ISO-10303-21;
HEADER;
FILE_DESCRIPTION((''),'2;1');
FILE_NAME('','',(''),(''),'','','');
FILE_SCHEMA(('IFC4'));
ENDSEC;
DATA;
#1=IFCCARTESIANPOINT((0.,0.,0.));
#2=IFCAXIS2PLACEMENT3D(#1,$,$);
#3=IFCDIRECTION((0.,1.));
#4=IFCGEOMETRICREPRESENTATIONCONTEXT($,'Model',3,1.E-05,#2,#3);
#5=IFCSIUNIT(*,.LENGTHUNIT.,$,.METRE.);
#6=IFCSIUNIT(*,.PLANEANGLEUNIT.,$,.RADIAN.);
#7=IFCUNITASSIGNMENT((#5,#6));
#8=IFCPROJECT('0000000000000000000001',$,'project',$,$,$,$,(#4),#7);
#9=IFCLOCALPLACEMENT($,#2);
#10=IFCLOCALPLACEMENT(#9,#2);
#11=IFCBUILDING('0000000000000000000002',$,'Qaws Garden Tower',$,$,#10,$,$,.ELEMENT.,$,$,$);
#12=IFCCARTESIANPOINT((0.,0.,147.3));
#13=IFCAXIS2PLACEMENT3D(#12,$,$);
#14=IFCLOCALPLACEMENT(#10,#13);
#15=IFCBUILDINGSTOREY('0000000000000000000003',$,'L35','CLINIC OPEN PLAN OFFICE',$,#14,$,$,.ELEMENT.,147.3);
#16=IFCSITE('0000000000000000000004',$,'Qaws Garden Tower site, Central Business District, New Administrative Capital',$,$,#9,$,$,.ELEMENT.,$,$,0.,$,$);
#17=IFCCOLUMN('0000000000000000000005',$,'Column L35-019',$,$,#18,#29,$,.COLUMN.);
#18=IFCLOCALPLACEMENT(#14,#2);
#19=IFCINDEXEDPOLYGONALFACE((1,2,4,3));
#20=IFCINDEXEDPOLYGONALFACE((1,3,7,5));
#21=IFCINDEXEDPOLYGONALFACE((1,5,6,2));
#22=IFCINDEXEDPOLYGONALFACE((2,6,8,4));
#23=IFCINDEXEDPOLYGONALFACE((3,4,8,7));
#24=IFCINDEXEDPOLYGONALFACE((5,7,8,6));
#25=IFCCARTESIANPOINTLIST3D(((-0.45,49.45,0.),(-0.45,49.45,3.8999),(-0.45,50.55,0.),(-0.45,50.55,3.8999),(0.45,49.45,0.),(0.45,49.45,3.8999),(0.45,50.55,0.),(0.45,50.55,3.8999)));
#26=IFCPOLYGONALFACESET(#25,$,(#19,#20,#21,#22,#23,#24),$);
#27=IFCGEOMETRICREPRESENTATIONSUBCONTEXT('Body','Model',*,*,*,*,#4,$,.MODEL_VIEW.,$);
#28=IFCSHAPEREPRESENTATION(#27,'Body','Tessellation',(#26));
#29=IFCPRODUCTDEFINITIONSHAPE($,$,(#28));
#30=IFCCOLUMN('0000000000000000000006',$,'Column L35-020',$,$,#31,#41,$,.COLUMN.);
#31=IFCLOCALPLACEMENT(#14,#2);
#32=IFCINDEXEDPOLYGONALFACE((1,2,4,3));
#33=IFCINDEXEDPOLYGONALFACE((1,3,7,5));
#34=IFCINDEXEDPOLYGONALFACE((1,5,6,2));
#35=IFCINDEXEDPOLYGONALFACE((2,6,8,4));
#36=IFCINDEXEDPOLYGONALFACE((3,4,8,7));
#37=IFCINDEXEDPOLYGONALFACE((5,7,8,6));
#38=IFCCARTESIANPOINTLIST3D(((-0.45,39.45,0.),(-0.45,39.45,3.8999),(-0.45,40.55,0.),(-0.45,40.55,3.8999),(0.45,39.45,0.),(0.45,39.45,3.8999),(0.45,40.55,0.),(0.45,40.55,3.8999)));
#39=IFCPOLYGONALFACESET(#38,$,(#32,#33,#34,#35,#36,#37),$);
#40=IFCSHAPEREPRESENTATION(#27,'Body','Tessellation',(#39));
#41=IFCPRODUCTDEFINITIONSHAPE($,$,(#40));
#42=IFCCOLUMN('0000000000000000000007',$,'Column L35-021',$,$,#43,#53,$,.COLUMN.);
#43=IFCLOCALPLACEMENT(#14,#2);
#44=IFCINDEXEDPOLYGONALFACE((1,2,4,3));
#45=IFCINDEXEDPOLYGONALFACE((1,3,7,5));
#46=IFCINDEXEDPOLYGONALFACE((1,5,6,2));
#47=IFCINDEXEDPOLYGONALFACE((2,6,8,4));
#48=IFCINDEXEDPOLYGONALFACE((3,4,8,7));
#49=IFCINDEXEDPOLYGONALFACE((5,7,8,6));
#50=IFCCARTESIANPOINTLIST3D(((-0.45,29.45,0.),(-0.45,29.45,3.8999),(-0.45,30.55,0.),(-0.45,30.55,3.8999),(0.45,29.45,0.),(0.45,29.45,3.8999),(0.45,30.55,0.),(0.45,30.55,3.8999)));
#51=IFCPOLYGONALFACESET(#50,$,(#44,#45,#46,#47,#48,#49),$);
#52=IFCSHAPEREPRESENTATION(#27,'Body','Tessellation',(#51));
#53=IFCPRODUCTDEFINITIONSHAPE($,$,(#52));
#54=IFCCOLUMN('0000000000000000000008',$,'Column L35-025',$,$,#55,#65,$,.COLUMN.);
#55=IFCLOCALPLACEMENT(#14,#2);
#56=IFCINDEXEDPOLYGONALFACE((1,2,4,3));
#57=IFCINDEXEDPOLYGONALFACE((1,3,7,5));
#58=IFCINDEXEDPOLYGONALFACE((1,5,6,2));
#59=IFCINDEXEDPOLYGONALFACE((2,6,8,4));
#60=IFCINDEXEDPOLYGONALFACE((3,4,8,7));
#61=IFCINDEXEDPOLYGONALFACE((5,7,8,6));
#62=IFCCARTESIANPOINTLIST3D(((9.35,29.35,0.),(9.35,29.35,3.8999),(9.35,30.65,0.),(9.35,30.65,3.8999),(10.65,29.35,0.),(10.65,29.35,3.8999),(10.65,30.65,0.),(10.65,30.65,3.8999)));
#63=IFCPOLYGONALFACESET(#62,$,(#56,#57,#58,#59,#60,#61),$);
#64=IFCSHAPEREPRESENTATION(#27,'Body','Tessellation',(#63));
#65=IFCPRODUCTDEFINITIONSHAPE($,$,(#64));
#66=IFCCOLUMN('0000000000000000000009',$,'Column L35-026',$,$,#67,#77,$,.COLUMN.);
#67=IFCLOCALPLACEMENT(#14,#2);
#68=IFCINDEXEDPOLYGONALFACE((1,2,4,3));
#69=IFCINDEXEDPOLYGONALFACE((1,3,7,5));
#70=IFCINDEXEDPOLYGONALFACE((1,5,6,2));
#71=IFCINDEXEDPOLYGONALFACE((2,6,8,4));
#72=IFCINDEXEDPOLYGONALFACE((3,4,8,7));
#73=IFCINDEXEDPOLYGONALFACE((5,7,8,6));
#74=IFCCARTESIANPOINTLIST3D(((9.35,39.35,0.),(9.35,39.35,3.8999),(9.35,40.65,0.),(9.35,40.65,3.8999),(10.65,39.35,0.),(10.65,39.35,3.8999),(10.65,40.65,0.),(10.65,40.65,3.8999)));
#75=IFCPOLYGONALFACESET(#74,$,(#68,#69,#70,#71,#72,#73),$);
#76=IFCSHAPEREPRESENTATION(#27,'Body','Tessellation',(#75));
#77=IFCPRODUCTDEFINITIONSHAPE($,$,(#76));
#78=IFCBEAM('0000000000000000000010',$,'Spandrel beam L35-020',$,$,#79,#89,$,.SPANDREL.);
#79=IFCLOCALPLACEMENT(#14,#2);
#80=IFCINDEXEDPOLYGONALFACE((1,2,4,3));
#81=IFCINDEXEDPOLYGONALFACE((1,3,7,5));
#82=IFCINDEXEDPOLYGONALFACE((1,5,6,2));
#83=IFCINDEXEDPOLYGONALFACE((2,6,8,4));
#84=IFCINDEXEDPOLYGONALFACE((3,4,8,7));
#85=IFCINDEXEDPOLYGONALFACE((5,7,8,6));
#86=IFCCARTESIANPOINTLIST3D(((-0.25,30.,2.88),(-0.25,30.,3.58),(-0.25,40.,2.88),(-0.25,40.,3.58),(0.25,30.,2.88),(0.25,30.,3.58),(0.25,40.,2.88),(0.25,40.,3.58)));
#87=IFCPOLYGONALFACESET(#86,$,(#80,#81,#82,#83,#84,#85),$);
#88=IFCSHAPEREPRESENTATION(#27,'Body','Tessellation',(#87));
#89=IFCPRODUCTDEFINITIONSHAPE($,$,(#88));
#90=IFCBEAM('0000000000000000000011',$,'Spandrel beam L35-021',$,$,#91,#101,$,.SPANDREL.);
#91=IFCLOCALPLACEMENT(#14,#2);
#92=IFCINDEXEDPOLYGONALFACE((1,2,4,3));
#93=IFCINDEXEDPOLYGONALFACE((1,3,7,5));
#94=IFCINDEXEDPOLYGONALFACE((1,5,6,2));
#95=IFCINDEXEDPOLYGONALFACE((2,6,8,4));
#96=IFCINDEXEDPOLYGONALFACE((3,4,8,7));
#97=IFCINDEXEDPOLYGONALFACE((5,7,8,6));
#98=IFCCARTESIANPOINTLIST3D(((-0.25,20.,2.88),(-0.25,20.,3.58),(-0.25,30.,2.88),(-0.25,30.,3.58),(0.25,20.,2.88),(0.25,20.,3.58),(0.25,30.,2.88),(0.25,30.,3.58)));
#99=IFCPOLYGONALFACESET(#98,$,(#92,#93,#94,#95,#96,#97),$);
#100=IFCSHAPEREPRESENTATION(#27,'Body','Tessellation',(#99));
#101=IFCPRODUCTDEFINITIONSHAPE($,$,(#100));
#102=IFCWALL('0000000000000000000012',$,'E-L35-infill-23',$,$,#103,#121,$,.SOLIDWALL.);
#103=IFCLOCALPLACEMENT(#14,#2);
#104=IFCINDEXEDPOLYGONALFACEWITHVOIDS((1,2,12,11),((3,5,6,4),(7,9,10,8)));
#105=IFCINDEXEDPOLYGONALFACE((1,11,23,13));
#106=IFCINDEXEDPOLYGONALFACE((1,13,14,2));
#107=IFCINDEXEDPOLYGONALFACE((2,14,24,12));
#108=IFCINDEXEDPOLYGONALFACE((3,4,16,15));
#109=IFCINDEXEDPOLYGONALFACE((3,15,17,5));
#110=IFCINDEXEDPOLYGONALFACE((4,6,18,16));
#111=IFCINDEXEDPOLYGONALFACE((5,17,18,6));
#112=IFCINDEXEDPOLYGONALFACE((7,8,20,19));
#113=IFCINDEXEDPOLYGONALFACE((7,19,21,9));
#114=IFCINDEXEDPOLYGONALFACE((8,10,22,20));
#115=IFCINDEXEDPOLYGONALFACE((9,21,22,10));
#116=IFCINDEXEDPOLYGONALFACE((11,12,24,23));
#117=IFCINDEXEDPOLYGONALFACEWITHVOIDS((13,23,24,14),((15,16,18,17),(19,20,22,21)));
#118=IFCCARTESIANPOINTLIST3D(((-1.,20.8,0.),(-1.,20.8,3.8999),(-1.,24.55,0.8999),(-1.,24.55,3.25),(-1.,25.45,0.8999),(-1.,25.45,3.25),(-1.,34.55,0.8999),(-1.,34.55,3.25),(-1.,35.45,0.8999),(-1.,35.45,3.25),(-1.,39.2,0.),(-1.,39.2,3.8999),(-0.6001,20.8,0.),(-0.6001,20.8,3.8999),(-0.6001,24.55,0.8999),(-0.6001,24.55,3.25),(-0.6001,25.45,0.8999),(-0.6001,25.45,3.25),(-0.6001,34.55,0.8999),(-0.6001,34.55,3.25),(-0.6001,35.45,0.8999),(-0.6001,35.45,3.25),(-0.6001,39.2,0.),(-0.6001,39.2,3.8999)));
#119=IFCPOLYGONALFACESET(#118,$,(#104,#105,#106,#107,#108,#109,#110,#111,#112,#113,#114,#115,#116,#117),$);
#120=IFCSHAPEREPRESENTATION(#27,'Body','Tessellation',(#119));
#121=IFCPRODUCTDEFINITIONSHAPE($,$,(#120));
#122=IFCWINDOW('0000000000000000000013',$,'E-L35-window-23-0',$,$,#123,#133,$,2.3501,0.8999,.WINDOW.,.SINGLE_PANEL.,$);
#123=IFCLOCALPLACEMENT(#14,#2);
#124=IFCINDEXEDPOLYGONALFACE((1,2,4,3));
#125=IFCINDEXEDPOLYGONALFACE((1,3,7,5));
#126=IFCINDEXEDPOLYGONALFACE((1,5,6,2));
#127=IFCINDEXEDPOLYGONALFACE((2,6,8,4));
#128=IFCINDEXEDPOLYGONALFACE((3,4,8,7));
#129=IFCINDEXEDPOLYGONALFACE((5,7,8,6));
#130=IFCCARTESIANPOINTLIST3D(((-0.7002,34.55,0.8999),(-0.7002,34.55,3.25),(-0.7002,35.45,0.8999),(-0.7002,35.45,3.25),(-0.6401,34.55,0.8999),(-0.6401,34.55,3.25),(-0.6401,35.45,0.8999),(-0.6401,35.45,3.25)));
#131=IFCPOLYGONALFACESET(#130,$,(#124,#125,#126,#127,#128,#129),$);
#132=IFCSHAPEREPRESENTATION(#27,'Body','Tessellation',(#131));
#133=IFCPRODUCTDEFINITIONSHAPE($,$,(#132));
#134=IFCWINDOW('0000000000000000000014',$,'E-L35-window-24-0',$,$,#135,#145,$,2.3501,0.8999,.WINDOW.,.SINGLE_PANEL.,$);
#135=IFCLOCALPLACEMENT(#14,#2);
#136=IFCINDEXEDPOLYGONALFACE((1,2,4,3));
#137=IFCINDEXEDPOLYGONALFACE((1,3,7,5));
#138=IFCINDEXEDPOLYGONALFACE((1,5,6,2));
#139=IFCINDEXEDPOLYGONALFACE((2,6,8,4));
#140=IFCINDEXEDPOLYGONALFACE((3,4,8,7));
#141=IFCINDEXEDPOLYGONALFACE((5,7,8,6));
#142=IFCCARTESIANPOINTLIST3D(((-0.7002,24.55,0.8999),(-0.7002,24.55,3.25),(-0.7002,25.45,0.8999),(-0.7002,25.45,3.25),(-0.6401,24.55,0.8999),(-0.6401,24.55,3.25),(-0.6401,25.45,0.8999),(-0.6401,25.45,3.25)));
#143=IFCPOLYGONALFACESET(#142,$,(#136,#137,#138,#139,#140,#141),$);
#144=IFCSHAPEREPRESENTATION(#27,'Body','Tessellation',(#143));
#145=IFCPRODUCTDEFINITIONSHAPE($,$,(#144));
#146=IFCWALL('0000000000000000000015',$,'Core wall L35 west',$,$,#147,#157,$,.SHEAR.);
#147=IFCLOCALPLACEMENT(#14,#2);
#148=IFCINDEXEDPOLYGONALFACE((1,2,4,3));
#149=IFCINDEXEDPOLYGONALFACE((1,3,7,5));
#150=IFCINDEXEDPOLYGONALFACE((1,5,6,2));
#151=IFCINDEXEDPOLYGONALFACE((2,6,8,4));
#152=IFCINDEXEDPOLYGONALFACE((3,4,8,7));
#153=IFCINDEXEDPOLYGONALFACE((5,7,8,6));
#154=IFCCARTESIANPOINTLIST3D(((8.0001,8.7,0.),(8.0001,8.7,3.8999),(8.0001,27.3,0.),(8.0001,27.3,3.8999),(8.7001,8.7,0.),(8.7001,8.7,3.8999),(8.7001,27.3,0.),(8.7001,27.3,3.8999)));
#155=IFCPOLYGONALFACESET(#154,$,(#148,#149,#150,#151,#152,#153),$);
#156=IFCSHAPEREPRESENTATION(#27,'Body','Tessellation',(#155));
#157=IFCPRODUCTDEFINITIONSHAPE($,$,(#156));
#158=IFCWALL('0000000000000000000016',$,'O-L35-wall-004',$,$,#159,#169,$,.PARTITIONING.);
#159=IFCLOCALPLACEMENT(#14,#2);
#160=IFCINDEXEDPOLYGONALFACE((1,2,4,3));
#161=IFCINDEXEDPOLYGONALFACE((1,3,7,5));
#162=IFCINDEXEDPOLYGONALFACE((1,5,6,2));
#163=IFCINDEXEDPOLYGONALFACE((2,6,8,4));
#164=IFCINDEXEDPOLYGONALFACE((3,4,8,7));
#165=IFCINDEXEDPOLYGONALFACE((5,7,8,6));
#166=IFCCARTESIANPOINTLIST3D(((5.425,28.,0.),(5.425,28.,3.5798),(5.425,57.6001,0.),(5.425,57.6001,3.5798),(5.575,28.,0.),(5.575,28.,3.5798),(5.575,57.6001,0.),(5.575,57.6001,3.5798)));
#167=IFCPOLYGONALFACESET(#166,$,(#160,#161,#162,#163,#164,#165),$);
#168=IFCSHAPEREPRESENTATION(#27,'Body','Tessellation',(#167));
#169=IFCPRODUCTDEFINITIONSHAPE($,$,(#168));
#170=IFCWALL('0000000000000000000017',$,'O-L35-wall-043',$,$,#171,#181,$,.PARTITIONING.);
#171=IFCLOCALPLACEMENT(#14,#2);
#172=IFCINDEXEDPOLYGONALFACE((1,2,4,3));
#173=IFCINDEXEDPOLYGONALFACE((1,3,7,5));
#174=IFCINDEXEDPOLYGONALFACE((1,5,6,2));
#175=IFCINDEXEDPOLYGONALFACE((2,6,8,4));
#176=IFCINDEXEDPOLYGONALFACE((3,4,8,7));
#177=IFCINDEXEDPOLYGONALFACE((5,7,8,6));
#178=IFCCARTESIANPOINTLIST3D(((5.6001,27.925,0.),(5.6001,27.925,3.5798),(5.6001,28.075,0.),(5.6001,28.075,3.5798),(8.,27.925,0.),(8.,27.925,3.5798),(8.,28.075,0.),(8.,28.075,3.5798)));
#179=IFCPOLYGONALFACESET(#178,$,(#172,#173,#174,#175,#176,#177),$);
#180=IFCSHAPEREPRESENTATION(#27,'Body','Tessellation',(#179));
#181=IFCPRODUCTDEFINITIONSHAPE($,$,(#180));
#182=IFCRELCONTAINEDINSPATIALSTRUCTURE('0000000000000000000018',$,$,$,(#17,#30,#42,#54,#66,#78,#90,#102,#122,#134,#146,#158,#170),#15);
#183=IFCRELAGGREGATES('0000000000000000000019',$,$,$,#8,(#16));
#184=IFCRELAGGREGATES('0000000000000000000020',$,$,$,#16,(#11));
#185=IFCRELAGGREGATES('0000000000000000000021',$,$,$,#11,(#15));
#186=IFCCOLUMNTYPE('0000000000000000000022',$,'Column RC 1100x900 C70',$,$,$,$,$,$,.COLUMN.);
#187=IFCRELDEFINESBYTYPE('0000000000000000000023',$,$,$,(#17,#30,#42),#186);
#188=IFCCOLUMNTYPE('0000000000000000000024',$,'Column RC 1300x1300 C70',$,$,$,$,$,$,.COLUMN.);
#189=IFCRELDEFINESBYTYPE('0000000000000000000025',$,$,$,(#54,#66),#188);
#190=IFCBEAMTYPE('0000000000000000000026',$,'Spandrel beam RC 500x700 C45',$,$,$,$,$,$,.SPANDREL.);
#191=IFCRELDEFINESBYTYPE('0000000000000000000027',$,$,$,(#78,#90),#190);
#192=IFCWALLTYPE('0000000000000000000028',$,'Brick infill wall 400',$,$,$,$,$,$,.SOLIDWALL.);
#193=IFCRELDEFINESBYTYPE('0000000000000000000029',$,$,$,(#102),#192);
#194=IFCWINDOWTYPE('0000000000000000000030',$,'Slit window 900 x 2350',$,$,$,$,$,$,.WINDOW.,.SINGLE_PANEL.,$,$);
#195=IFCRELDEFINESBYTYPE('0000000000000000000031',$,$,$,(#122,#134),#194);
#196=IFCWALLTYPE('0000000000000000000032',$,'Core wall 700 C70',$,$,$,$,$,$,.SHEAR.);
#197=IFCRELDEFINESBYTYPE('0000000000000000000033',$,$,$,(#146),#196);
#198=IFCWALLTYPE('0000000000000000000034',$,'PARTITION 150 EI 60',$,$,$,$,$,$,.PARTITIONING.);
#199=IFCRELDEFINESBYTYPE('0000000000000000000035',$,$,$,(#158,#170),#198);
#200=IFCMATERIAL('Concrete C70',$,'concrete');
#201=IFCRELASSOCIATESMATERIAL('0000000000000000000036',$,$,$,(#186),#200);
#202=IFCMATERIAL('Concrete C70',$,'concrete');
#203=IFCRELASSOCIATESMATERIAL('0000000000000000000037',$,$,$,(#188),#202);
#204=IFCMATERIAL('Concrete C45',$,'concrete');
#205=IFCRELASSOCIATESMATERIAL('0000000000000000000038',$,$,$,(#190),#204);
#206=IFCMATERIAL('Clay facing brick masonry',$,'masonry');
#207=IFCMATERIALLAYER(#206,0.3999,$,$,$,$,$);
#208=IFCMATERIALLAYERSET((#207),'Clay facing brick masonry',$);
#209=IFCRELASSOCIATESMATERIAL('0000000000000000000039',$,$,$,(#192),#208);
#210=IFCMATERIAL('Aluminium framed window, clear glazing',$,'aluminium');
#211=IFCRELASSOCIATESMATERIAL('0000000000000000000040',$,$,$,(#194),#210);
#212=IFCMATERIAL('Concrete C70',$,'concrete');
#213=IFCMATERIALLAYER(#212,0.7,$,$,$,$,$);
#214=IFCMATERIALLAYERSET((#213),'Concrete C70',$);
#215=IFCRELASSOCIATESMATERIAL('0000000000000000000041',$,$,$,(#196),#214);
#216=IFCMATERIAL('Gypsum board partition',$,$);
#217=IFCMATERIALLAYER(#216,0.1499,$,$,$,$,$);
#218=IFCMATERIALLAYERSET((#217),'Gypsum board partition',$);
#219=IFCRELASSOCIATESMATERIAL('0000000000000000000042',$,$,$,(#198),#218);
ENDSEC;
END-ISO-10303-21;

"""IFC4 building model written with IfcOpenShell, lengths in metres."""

from ifc_helpers import new_model, si_unit, direction, frame, frame_2d, origin, origin_2d, place, context, subcontext, project, spatial, rectangle, extrude, material, layer, layer_set, material_profile, profile_set, type_object, element, fill, save


model = new_model("IFC4")

# Units and contexts
model_context = context("Model", 3, precision=1e-05, world=origin(), true_north=direction((0.0, 1.0)))
body_context = subcontext(model_context, "Body", "Model", "MODEL_VIEW")
ifc_project = project(units=[si_unit("LENGTHUNIT", "METRE"), si_unit("PLANEANGLEUNIT", "RADIAN")], contexts=[model_context])

# Site, building, storey
site_placement = place(None, origin())
site = spatial("IfcSite", under=ifc_project, at=site_placement, Name="Qaws Garden Tower site, Central Business District, New Administrative Capital", CompositionType="ELEMENT", RefElevation=0.0)
building_placement = place(site_placement, origin())
building = spatial("IfcBuilding", under=site, at=building_placement, Name="Qaws Garden Tower", CompositionType="ELEMENT")
storey_placement = place(building_placement, frame((0.0, 0.0, 147.3)))
storey = spatial("IfcBuildingStorey", under=building, at=storey_placement, Name="L35", Description="CLINIC OPEN PLAN OFFICE", CompositionType="ELEMENT", Elevation=147.3)

# Columns
ifc_material_1 = material(Name="Concrete C70", Category="concrete")
ifc_material_profile_1 = material_profile(ifc_material_1, rectangle(XDim=1.1001, YDim=0.8999, at=origin_2d()), Name="RC 1100x900")
ifc_profile_set_1 = profile_set([ifc_material_profile_1], Name="Concrete C70")
column_type_1 = type_object("IfcColumnType", Name="Column RC 1100x900 C70", PredefinedType="COLUMN", material=ifc_profile_set_1)
for number, where, z_axis, x_axis, name in (
    (1, (0.0, 50.0, 0.0), (0.0, 0.0, 1.0), (0.0, 1.0, 0.0), "Column L35-019"),
    (2, (0.0, 40.0, 0.0), (0.0, 0.0, 1.0), (0.0, 1.0, 0.0), "Column L35-020"),
    (3, (0.0, 30.0, 0.0), (0.0, 0.0, 1.0), (0.0, 1.0, 0.0), "Column L35-021"),
):
    element("IfcColumn", number, at=place(storey_placement, frame(where, z_axis=z_axis, x_axis=x_axis)), inside=storey, type_object=column_type_1, Name=name, PredefinedType="COLUMN", context=body_context, shape_type="SweptSolid", body=[
        extrude(rectangle(XDim=1.1001, YDim=0.8999, at=origin_2d()), origin(), (0.0, 0.0, 1.0), 3.8999),
    ])
ifc_material_2 = material(Name="Concrete C70", Category="concrete")
ifc_material_profile_2 = material_profile(ifc_material_2, rectangle(XDim=1.3, YDim=1.3, at=origin_2d()), Name="RC 1300x1300")
ifc_profile_set_2 = profile_set([ifc_material_profile_2], Name="Concrete C70")
column_type_2 = type_object("IfcColumnType", Name="Column RC 1300x1300 C70", PredefinedType="COLUMN", material=ifc_profile_set_2)
for number, where, z_axis, x_axis, name in (
    (4, (10.0, 30.0, 0.0), (0.0, 0.0, 1.0), (1.0, 0.0, 0.0), "Column L35-025"),
    (5, (10.0, 40.0, 0.0), (0.0, 0.0, 1.0), (1.0, 0.0, 0.0), "Column L35-026"),
):
    element("IfcColumn", number, at=place(storey_placement, frame(where, z_axis=z_axis, x_axis=x_axis)), inside=storey, type_object=column_type_2, Name=name, PredefinedType="COLUMN", context=body_context, shape_type="SweptSolid", body=[
        extrude(rectangle(XDim=1.3, YDim=1.3, at=origin_2d()), origin(), (0.0, 0.0, 1.0), 3.8999),
    ])

# Beams
ifc_material_3 = material(Name="Concrete C45", Category="concrete")
ifc_material_profile_3 = material_profile(ifc_material_3, rectangle(XDim=0.5, YDim=0.7, at=origin_2d()), Name="RC 500x700")
ifc_profile_set_3 = profile_set([ifc_material_profile_3], Name="Concrete C45")
beam_type = type_object("IfcBeamType", Name="Spandrel beam RC 500x700 C45", PredefinedType="SPANDREL", material=ifc_profile_set_3)
for number, where, z_axis, x_axis, name in (
    (6, (0.0, 40.0, 3.23), (0.0, -1.0, 0.0), (1.0, 0.0, 0.0), "Spandrel beam L35-020"),
    (7, (0.0, 30.0, 3.23), (0.0, -1.0, 0.0), (1.0, 0.0, 0.0), "Spandrel beam L35-021"),
):
    element("IfcBeam", number, at=place(storey_placement, frame(where, z_axis=z_axis, x_axis=x_axis)), inside=storey, type_object=beam_type, Name=name, PredefinedType="SPANDREL", context=body_context, shape_type="SweptSolid", body=[
        extrude(rectangle(XDim=0.5, YDim=0.7, at=origin_2d()), origin(), (0.0, 0.0, 1.0), 10.0),
    ])

# Wall, openings, windows
ifc_material_4 = material(Name="Clay facing brick masonry", Category="masonry")
ifc_layer_1 = layer(ifc_material_4, 0.3999)
ifc_layer_set_1 = layer_set([ifc_layer_1], Name="Clay facing brick masonry")
wall_type_1 = type_object("IfcWallType", Name="Brick infill wall 400", PredefinedType="SOLIDWALL", material=ifc_layer_set_1)
wall_1_placement = place(storey_placement, frame((-0.8, 39.2, 0.0), z_axis=(0.0, 0.0, 1.0), x_axis=(0.0, -1.0, 0.0)))
wall_1 = element("IfcWall", 8, at=wall_1_placement, inside=storey, type_object=wall_type_1, Name="E-L35-infill-23", PredefinedType="SOLIDWALL", context=body_context, shape_type="SweptSolid", body=[
    extrude(rectangle(XDim=18.3999, YDim=0.3999, at=frame_2d((9.2, 0.0))), origin(), (0.0, 0.0, 1.0), 3.8999),
])
opening_1_placement = place(wall_1_placement, frame((3.75, 0.0, 0.8999)))
opening_1 = element("IfcOpeningElement", 9, at=opening_1_placement, cuts=wall_1, PredefinedType="OPENING", context=body_context, shape_type="SweptSolid", body=[
    extrude(rectangle(XDim=0.8999, YDim=2.3501, at=frame_2d((0.45, 1.175))), frame((0.0, 0.21, 0.0), z_axis=(0.0, -1.0, 0.0), x_axis=(1.0, 0.0, 0.0)), (0.0, 0.0, 1.0), 0.4199),
])
opening_2_placement = place(wall_1_placement, frame((13.75, 0.0, 0.8999)))
opening_2 = element("IfcOpeningElement", 10, at=opening_2_placement, cuts=wall_1, PredefinedType="OPENING", context=body_context, shape_type="SweptSolid", body=[
    extrude(rectangle(XDim=0.8999, YDim=2.3501, at=frame_2d((0.45, 1.175))), frame((0.0, 0.21, 0.0), z_axis=(0.0, -1.0, 0.0), x_axis=(1.0, 0.0, 0.0)), (0.0, 0.0, 1.0), 0.4199),
])
ifc_material_5 = material(Name="Aluminium framed window, clear glazing", Category="aluminium")
window_type = type_object("IfcWindowType", Name="Slit window 900 x 2350", PartitioningType="SINGLE_PANEL", PredefinedType="WINDOW", material=ifc_material_5)
window_1_placement = place(opening_1_placement, origin())
window_1 = element("IfcWindow", 11, at=window_1_placement, inside=storey, type_object=window_type, Name="E-L35-window-23-0", OverallHeight=2.3501, OverallWidth=0.8999, PartitioningType="SINGLE_PANEL", PredefinedType="WINDOW", context=body_context, shape_type="SweptSolid", body=[
    extrude(rectangle(XDim=0.8999, YDim=2.3501, at=frame_2d((0.45, 1.175))), frame((0.0, 0.1599, 0.0), z_axis=(0.0, -1.0, 0.0), x_axis=(1.0, 0.0, 0.0)), (0.0, 0.0, 1.0), 0.0601),
])
fill(opening_1, window_1)
window_2_placement = place(opening_2_placement, origin())
window_2 = element("IfcWindow", 12, at=window_2_placement, inside=storey, type_object=window_type, Name="E-L35-window-24-0", OverallHeight=2.3501, OverallWidth=0.8999, PartitioningType="SINGLE_PANEL", PredefinedType="WINDOW", context=body_context, shape_type="SweptSolid", body=[
    extrude(rectangle(XDim=0.8999, YDim=2.3501, at=frame_2d((0.45, 1.175))), frame((0.0, 0.1599, 0.0), z_axis=(0.0, -1.0, 0.0), x_axis=(1.0, 0.0, 0.0)), (0.0, 0.0, 1.0), 0.0601),
])
fill(opening_2, window_2)

# Walls
ifc_material_6 = material(Name="Concrete C70", Category="concrete")
ifc_layer_2 = layer(ifc_material_6, 0.7)
ifc_layer_set_2 = layer_set([ifc_layer_2], Name="Concrete C70")
wall_type_2 = type_object("IfcWallType", Name="Core wall 700 C70", PredefinedType="SHEAR", material=ifc_layer_set_2)
wall_2_placement = place(storey_placement, frame((8.3501, 27.3, 0.0), z_axis=(0.0, 0.0, 1.0), x_axis=(0.0, -1.0, 0.0)))
element("IfcWall", 13, at=wall_2_placement, inside=storey, type_object=wall_type_2, Name="Core wall L35 west", PredefinedType="SHEAR", context=body_context, shape_type="SweptSolid", body=[
    extrude(rectangle(XDim=18.6001, YDim=0.7, at=frame_2d((9.3, 0.0))), origin(), (0.0, 0.0, 1.0), 3.8999),
])
ifc_material_7 = material(Name="Gypsum board partition")
ifc_layer_3 = layer(ifc_material_7, 0.1499)
ifc_layer_set_3 = layer_set([ifc_layer_3], Name="Gypsum board partition")
wall_type_3 = type_object("IfcWallType", Name="PARTITION 150 EI 60", PredefinedType="PARTITIONING", material=ifc_layer_set_3)
wall_3_placement = place(storey_placement, frame((5.5, 28.0, 0.0), z_axis=(0.0, 0.0, 1.0), x_axis=(0.0, 1.0, 0.0)))
element("IfcWall", 14, at=wall_3_placement, inside=storey, type_object=wall_type_3, Name="O-L35-wall-004", PredefinedType="PARTITIONING", context=body_context, shape_type="SweptSolid", body=[
    extrude(rectangle(XDim=29.6001, YDim=0.1499, at=frame_2d((14.8, 0.0))), origin(), (0.0, 0.0, 1.0), 3.5798),
])
wall_4_placement = place(storey_placement, frame((5.6001, 28.0, 0.0), z_axis=(0.0, 0.0, 1.0), x_axis=(1.0, 0.0, 0.0)))
element("IfcWall", 15, at=wall_4_placement, inside=storey, type_object=wall_type_3, Name="O-L35-wall-043", PredefinedType="PARTITIONING", context=body_context, shape_type="SweptSolid", body=[
    extrude(rectangle(XDim=2.3999, YDim=0.1499, at=frame_2d((1.2, 0.0))), origin(), (0.0, 0.0, 1.0), 3.5798),
])

save(model, "model.ifc")
